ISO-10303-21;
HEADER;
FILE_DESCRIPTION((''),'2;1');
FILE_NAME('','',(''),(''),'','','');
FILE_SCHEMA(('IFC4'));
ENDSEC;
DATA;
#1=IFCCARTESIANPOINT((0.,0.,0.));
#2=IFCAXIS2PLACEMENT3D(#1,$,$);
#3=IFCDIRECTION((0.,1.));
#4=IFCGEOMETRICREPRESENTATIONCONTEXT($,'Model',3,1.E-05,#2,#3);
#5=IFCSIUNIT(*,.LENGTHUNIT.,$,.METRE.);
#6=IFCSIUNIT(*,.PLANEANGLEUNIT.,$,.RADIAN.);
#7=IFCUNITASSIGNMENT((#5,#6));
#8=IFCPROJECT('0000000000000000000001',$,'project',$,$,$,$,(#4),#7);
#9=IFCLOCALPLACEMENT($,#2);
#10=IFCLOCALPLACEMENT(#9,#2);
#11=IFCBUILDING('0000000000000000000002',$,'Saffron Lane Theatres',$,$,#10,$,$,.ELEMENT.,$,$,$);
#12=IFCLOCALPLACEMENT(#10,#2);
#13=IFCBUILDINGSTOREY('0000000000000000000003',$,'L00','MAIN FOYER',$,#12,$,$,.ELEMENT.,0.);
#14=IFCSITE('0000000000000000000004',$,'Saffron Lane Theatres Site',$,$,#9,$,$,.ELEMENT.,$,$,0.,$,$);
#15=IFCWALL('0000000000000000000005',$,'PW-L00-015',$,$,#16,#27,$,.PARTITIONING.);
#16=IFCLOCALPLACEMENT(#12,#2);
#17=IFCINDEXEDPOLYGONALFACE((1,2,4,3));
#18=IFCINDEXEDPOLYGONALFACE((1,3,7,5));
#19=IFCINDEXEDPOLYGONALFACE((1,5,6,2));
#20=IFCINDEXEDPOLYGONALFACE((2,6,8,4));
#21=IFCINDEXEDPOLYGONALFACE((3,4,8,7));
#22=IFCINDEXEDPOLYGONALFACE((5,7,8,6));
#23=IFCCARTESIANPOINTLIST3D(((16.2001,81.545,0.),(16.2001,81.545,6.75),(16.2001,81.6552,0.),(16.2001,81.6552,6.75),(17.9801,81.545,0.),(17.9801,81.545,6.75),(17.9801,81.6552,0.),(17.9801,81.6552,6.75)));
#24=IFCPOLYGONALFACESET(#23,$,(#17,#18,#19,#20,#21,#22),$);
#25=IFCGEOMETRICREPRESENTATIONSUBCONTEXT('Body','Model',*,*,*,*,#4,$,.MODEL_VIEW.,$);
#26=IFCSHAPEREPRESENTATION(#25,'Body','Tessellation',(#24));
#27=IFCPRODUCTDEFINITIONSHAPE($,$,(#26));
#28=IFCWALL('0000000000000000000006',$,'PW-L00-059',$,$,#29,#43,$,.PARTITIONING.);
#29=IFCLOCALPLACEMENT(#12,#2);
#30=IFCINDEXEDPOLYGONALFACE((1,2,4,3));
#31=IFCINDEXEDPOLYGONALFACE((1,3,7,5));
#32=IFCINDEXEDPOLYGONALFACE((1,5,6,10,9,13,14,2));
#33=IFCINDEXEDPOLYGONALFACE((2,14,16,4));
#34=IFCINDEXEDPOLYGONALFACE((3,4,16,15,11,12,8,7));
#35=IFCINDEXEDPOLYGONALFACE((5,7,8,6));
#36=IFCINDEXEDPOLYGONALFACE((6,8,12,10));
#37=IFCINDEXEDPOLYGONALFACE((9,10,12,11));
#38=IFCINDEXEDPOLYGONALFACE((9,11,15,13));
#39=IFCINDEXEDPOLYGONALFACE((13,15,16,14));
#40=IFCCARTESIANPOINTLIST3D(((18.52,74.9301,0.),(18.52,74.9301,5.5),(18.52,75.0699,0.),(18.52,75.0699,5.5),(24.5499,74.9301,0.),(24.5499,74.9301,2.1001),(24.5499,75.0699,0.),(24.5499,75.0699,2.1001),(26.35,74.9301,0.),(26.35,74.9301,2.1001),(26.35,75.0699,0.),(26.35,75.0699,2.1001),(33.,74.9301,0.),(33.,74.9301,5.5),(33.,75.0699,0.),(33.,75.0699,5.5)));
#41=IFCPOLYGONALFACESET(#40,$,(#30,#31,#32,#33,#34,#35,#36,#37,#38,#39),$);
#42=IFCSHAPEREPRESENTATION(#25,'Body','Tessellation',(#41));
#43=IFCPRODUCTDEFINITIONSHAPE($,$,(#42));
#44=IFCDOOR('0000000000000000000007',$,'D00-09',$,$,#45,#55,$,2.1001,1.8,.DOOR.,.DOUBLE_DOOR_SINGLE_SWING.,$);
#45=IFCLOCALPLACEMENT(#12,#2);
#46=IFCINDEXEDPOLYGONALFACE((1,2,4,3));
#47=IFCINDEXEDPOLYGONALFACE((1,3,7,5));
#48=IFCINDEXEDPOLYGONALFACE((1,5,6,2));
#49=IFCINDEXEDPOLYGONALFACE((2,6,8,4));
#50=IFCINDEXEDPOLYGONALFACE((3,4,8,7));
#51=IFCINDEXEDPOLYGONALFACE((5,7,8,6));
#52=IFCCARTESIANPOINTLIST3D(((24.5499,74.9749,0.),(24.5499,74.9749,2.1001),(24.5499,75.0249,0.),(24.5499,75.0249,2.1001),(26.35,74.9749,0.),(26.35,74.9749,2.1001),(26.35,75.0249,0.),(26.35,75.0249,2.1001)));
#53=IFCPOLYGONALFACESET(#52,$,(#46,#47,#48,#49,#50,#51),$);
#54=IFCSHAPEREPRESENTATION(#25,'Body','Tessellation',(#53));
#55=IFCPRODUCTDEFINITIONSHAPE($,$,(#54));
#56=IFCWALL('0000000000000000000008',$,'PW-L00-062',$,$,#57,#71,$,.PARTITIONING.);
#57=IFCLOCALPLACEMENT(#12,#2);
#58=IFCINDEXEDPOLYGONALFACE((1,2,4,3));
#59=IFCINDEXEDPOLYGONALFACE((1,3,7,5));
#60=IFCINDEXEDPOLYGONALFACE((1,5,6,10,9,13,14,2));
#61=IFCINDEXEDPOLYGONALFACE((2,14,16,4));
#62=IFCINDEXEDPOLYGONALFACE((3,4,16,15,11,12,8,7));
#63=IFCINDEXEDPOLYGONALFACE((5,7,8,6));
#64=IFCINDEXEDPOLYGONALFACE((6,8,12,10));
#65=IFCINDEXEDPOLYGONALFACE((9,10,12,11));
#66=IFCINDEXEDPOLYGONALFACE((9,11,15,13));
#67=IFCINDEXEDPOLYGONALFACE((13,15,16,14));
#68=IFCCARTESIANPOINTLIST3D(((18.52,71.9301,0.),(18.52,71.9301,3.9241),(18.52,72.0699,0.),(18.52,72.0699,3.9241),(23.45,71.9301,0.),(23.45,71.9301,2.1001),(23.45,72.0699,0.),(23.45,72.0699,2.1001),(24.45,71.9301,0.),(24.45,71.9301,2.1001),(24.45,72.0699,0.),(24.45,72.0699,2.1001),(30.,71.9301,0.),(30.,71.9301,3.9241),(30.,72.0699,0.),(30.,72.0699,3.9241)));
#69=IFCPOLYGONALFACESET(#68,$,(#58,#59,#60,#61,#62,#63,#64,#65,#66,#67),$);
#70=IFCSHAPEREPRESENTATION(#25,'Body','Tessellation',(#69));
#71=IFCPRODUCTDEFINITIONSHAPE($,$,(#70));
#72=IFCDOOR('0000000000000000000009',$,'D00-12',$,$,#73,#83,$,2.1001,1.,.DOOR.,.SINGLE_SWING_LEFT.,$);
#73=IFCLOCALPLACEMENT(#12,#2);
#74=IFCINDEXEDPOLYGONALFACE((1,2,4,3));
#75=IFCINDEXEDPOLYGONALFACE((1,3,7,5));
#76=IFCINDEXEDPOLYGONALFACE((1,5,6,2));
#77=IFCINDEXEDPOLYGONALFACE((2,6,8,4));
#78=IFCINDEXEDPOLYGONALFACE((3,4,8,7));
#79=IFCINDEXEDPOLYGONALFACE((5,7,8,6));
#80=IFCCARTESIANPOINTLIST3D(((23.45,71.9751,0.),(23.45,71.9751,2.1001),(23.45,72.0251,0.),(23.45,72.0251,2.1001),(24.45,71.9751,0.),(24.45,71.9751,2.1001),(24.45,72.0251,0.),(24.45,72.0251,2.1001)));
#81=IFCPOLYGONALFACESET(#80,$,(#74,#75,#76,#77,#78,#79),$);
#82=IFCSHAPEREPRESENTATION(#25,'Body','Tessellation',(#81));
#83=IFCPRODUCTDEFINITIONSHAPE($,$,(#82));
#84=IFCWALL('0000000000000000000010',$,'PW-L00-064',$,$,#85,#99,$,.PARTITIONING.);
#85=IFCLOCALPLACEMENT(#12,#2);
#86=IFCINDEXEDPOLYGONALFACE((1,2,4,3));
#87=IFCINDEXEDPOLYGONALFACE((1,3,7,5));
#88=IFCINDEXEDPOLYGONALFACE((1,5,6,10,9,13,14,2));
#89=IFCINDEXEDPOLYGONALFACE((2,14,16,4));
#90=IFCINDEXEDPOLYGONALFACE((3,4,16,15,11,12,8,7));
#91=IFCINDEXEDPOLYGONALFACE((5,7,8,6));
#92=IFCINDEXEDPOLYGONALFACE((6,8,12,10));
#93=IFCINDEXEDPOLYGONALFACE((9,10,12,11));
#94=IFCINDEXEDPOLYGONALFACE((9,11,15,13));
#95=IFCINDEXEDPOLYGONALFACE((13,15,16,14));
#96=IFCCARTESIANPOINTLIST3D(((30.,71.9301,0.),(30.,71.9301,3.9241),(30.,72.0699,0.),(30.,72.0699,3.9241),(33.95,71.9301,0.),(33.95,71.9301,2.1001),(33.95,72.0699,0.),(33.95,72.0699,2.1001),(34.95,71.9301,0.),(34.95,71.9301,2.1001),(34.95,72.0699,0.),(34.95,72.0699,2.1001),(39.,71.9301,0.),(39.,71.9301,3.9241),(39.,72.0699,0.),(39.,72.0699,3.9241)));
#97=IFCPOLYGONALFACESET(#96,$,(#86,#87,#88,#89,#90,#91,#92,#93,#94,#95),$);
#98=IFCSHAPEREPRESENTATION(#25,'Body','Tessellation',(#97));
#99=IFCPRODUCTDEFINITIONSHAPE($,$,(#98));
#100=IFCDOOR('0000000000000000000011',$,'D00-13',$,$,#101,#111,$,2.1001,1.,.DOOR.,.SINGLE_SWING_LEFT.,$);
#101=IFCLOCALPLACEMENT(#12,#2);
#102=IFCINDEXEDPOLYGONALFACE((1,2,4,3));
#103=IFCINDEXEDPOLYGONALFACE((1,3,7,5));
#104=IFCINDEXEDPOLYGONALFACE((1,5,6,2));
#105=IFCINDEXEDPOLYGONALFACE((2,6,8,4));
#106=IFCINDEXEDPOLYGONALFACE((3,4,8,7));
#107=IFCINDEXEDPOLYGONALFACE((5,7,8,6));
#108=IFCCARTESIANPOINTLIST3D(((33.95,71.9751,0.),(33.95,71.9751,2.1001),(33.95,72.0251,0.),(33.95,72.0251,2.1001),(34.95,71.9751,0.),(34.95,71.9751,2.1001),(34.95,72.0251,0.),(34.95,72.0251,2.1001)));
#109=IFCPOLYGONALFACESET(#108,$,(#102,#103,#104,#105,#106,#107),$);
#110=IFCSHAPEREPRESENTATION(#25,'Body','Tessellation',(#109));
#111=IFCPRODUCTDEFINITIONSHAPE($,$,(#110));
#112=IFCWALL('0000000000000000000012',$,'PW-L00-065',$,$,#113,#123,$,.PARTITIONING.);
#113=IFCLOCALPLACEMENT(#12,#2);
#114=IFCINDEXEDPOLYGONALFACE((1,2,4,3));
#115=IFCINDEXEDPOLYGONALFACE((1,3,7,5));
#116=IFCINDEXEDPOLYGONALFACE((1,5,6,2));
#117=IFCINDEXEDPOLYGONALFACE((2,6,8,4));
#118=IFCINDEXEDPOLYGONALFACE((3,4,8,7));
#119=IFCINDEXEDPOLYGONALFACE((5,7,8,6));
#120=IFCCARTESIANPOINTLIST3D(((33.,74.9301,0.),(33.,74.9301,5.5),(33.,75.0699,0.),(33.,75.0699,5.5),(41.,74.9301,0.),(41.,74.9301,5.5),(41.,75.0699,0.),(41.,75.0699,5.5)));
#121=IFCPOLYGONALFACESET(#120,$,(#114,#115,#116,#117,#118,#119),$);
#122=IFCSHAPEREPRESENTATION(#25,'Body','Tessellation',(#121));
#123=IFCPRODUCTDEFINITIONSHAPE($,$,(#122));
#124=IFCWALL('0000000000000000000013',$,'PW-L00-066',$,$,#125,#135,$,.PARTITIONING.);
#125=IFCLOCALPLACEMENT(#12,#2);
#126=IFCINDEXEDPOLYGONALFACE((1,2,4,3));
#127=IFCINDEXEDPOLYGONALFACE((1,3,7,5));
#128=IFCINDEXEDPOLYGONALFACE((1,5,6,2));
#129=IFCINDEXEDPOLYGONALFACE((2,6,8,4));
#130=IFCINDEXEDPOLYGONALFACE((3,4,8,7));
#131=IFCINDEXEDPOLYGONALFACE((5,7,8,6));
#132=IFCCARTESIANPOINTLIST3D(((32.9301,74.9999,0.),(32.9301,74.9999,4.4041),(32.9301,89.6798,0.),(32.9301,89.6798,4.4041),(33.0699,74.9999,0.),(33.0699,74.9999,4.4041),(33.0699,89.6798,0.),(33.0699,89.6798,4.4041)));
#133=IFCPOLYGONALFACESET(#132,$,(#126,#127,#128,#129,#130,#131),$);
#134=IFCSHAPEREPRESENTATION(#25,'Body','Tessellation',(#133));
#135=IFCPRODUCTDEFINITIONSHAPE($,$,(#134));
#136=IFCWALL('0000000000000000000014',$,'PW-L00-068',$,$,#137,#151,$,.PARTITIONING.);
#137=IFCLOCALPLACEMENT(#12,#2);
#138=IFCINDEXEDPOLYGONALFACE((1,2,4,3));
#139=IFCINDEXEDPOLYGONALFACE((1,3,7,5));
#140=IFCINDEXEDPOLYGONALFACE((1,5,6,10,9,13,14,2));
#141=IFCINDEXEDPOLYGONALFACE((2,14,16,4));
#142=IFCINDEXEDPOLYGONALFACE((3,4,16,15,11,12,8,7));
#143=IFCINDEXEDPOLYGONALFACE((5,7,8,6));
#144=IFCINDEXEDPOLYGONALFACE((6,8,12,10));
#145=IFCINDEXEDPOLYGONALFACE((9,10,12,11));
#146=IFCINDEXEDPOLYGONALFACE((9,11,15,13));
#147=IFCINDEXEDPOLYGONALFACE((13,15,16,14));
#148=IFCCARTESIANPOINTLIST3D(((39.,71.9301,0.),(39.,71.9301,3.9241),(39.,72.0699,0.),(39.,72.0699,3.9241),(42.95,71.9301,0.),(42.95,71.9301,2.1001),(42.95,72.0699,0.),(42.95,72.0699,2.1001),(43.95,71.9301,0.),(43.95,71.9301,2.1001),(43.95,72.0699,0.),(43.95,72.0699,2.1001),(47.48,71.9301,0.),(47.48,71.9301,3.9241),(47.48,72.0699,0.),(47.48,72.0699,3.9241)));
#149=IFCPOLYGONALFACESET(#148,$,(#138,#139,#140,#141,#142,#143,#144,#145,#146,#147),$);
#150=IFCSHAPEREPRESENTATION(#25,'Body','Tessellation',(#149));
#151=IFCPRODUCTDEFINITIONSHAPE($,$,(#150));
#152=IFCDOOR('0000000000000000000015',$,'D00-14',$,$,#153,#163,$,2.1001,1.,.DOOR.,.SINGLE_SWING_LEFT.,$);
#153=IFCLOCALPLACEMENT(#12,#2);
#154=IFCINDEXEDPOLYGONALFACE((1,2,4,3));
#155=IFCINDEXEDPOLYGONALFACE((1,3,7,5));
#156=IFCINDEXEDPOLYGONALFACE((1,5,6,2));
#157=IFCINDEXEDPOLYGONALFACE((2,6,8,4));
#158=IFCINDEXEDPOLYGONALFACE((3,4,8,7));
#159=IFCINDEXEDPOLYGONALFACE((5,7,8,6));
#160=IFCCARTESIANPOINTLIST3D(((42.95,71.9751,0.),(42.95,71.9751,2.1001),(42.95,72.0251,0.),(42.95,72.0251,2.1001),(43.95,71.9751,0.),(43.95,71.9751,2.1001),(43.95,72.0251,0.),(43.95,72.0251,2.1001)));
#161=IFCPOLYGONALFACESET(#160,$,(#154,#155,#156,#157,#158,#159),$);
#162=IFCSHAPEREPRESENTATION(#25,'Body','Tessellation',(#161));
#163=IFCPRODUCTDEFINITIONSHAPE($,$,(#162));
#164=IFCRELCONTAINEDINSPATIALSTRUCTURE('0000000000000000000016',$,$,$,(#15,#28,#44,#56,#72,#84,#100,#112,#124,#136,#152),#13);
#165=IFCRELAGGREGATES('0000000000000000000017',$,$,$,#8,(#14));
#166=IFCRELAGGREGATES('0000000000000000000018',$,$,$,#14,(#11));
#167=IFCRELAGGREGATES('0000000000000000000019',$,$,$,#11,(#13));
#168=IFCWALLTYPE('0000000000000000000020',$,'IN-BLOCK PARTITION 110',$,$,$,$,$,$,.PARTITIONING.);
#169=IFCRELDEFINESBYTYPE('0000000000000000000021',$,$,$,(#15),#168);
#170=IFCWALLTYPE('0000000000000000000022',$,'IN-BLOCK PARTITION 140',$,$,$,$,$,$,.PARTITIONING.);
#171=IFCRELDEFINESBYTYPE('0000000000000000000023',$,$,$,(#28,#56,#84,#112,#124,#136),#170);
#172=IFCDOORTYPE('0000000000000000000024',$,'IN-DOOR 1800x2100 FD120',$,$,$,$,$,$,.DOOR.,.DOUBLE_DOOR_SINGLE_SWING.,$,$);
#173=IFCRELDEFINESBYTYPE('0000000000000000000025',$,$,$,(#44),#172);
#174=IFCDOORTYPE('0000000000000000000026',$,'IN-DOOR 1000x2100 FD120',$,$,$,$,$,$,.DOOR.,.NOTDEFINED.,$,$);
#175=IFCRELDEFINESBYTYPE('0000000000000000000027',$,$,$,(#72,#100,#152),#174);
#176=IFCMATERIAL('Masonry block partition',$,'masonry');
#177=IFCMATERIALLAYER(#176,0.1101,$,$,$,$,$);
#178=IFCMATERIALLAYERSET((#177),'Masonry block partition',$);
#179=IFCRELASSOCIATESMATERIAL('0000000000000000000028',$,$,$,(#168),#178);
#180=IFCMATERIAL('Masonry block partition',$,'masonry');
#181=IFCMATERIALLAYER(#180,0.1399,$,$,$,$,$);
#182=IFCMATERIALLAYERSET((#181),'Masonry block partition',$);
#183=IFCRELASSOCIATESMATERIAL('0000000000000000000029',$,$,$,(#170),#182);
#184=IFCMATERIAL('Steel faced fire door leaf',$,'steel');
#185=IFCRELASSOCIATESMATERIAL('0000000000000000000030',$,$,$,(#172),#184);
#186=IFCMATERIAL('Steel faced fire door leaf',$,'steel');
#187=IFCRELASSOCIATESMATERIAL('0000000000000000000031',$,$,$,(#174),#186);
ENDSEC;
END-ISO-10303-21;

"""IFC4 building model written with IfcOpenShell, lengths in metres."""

from ifc_helpers import new_model, si_unit, direction, frame, frame_2d, origin, place, context, subcontext, project, spatial, rectangle, extrude, material, layer, layer_set, type_object, element, fill, save


model = new_model("IFC4")

# Units and contexts
model_context = context("Model", 3, precision=1e-05, world=origin(), true_north=direction((0.0, 1.0)))
body_context = subcontext(model_context, "Body", "Model", "MODEL_VIEW")
ifc_project = project(units=[si_unit("LENGTHUNIT", "METRE"), si_unit("PLANEANGLEUNIT", "RADIAN")], contexts=[model_context])

# Site, building, storey
site_placement = place(None, origin())
site = spatial("IfcSite", under=ifc_project, at=site_placement, Name="Saffron Lane Theatres Site", CompositionType="ELEMENT", RefElevation=0.0)
building_placement = place(site_placement, origin())
building = spatial("IfcBuilding", under=site, at=building_placement, Name="Saffron Lane Theatres", CompositionType="ELEMENT")
storey_placement = place(building_placement, origin())
storey = spatial("IfcBuildingStorey", under=building, at=storey_placement, Name="L00", Description="MAIN FOYER", CompositionType="ELEMENT", Elevation=0.0)

# Shared definitions
ifc_material_1 = material(Name="Masonry block partition", Category="masonry")
ifc_layer_1 = layer(ifc_material_1, 0.1101)
ifc_layer_set_1 = layer_set([ifc_layer_1], Name="Masonry block partition")
wall_type_1 = type_object("IfcWallType", Name="IN-BLOCK PARTITION 110", PredefinedType="PARTITIONING", material=ifc_layer_set_1)

# Wall
wall_1_placement = place(storey_placement, frame((16.2, 81.6001, 0.0), z_axis=(0.0, 0.0, 1.0), x_axis=(1.0, 0.0, 0.0)))
element("IfcWall", 1, at=wall_1_placement, inside=storey, type_object=wall_type_1, Name="PW-L00-015", PredefinedType="PARTITIONING", context=body_context, shape_type="SweptSolid", body=[
    extrude(rectangle(XDim=1.78, YDim=0.1101, at=frame_2d((0.8901, 0.0))), origin(), (0.0, 0.0, 1.0), 6.75),
])

# Walls, openings, doors
ifc_material_2 = material(Name="Masonry block partition", Category="masonry")
ifc_layer_2 = layer(ifc_material_2, 0.1399)
ifc_layer_set_2 = layer_set([ifc_layer_2], Name="Masonry block partition")
wall_type_2 = type_object("IfcWallType", Name="IN-BLOCK PARTITION 140", PredefinedType="PARTITIONING", material=ifc_layer_set_2)
wall_2_placement = place(storey_placement, frame((18.52, 75.0, 0.0), z_axis=(0.0, 0.0, 1.0), x_axis=(1.0, 0.0, 0.0)))
wall_2 = element("IfcWall", 2, at=wall_2_placement, inside=storey, type_object=wall_type_2, Name="PW-L00-059", PredefinedType="PARTITIONING", context=body_context, shape_type="SweptSolid", body=[
    extrude(rectangle(XDim=14.48, YDim=0.1399, at=frame_2d((7.24, 0.0))), origin(), (0.0, 0.0, 1.0), 5.5),
])
opening_1_placement = place(wall_2_placement, frame((6.03, 0.0, 0.0)))
opening_1 = element("IfcOpeningElement", 3, at=opening_1_placement, cuts=wall_2, PredefinedType="OPENING", context=body_context, shape_type="SweptSolid", body=[
    extrude(rectangle(XDim=1.8, YDim=2.1001, at=frame_2d((0.8999, 1.05))), frame((0.0, 0.0801, 0.0), z_axis=(0.0, -1.0, 0.0), x_axis=(1.0, 0.0, 0.0)), (0.0, 0.0, 1.0), 0.1599),
])
ifc_material_3 = material(Name="Steel faced fire door leaf", Category="steel")
door_type_1 = type_object("IfcDoorType", Name="IN-DOOR 1800x2100 FD120", OperationType="DOUBLE_DOOR_SINGLE_SWING", PredefinedType="DOOR", material=ifc_material_3)
door_1_placement = place(opening_1_placement, origin())
door_1 = element("IfcDoor", 4, at=door_1_placement, inside=storey, type_object=door_type_1, Name="D00-09", OperationType="DOUBLE_DOOR_SINGLE_SWING", OverallHeight=2.1001, OverallWidth=1.8, PredefinedType="DOOR", context=body_context, shape_type="SweptSolid", body=[
    extrude(rectangle(XDim=1.8, YDim=2.1001, at=frame_2d((0.8999, 1.05))), frame((0.0, 0.0249, 0.0), z_axis=(0.0, -1.0, 0.0), x_axis=(1.0, 0.0, 0.0)), (0.0, 0.0, 1.0), 0.05),
])
fill(opening_1, door_1)
wall_3_placement = place(storey_placement, frame((18.52, 72.0, 0.0), z_axis=(0.0, 0.0, 1.0), x_axis=(1.0, 0.0, 0.0)))
wall_3 = element("IfcWall", 5, at=wall_3_placement, inside=storey, type_object=wall_type_2, Name="PW-L00-062", PredefinedType="PARTITIONING", context=body_context, shape_type="SweptSolid", body=[
    extrude(rectangle(XDim=11.48, YDim=0.1399, at=frame_2d((5.74, 0.0))), origin(), (0.0, 0.0, 1.0), 3.9241),
])
opening_2_placement = place(wall_3_placement, frame((4.9299, 0.0, 0.0)))
opening_2 = element("IfcOpeningElement", 6, at=opening_2_placement, cuts=wall_3, PredefinedType="OPENING", context=body_context, shape_type="SweptSolid", body=[
    extrude(rectangle(XDim=1.0, YDim=2.1001, at=frame_2d((0.5, 1.05))), frame((0.0, 0.0801, 0.0), z_axis=(0.0, -1.0, 0.0), x_axis=(1.0, 0.0, 0.0)), (0.0, 0.0, 1.0), 0.1599),
])
ifc_material_4 = material(Name="Steel faced fire door leaf", Category="steel")
door_type_2 = type_object("IfcDoorType", Name="IN-DOOR 1000x2100 FD120", OperationType="NOTDEFINED", PredefinedType="DOOR", material=ifc_material_4)
door_2_placement = place(opening_2_placement, frame((1.0, 0.0, 0.0), z_axis=(0.0, 0.0, 1.0), x_axis=(-1.0, 0.0, 0.0)))
door_2 = element("IfcDoor", 7, at=door_2_placement, inside=storey, type_object=door_type_2, Name="D00-12", OperationType="SINGLE_SWING_LEFT", OverallHeight=2.1001, OverallWidth=1.0, PredefinedType="DOOR", context=body_context, shape_type="SweptSolid", body=[
    extrude(rectangle(XDim=1.0, YDim=2.1001, at=frame_2d((0.5, 1.05))), frame((0.0, 0.0249, 0.0), z_axis=(0.0, -1.0, 0.0), x_axis=(1.0, 0.0, 0.0)), (0.0, 0.0, 1.0), 0.05),
])
fill(opening_2, door_2)
wall_4_placement = place(storey_placement, frame((30.0, 72.0, 0.0), z_axis=(0.0, 0.0, 1.0), x_axis=(1.0, 0.0, 0.0)))
wall_4 = element("IfcWall", 8, at=wall_4_placement, inside=storey, type_object=wall_type_2, Name="PW-L00-064", PredefinedType="PARTITIONING", context=body_context, shape_type="SweptSolid", body=[
    extrude(rectangle(XDim=9.0, YDim=0.1399, at=frame_2d((4.5, 0.0))), origin(), (0.0, 0.0, 1.0), 3.9241),
])
opening_3_placement = place(wall_4_placement, frame((3.95, 0.0, 0.0)))
opening_3 = element("IfcOpeningElement", 9, at=opening_3_placement, cuts=wall_4, PredefinedType="OPENING", context=body_context, shape_type="SweptSolid", body=[
    extrude(rectangle(XDim=1.0, YDim=2.1001, at=frame_2d((0.5, 1.05))), frame((0.0, 0.0801, 0.0), z_axis=(0.0, -1.0, 0.0), x_axis=(1.0, 0.0, 0.0)), (0.0, 0.0, 1.0), 0.1599),
])
door_3_placement = place(opening_3_placement, frame((1.0, 0.0, 0.0), z_axis=(0.0, 0.0, 1.0), x_axis=(-1.0, 0.0, 0.0)))
door_3 = element("IfcDoor", 10, at=door_3_placement, inside=storey, type_object=door_type_2, Name="D00-13", OperationType="SINGLE_SWING_LEFT", OverallHeight=2.1001, OverallWidth=1.0, PredefinedType="DOOR", context=body_context, shape_type="SweptSolid", body=[
    extrude(rectangle(XDim=1.0, YDim=2.1001, at=frame_2d((0.5, 1.05))), frame((0.0, 0.0249, 0.0), z_axis=(0.0, -1.0, 0.0), x_axis=(1.0, 0.0, 0.0)), (0.0, 0.0, 1.0), 0.05),
])
fill(opening_3, door_3)

# Walls
wall_5_placement = place(storey_placement, frame((33.0, 75.0, 0.0), z_axis=(0.0, 0.0, 1.0), x_axis=(1.0, 0.0, 0.0)))
element("IfcWall", 11, at=wall_5_placement, inside=storey, type_object=wall_type_2, Name="PW-L00-065", PredefinedType="PARTITIONING", context=body_context, shape_type="SweptSolid", body=[
    extrude(rectangle(XDim=8.0, YDim=0.1399, at=frame_2d((4.0, 0.0))), origin(), (0.0, 0.0, 1.0), 5.5),
])
wall_6_placement = place(storey_placement, frame((33.0, 75.0, 0.0), z_axis=(0.0, 0.0, 1.0), x_axis=(0.0, 1.0, 0.0)))
element("IfcWall", 12, at=wall_6_placement, inside=storey, type_object=wall_type_2, Name="PW-L00-066", PredefinedType="PARTITIONING", context=body_context, shape_type="SweptSolid", body=[
    extrude(rectangle(XDim=14.6799, YDim=0.1399, at=frame_2d((7.3398, 0.0))), origin(), (0.0, 0.0, 1.0), 4.4041),
])

# Wall, opening, door
wall_7_placement = place(storey_placement, frame((39.0, 72.0, 0.0), z_axis=(0.0, 0.0, 1.0), x_axis=(1.0, 0.0, 0.0)))
wall_7 = element("IfcWall", 13, at=wall_7_placement, inside=storey, type_object=wall_type_2, Name="PW-L00-068", PredefinedType="PARTITIONING", context=body_context, shape_type="SweptSolid", body=[
    extrude(rectangle(XDim=8.48, YDim=0.1399, at=frame_2d((4.24, 0.0))), origin(), (0.0, 0.0, 1.0), 3.9241),
])
opening_4_placement = place(wall_7_placement, frame((3.95, 0.0, 0.0)))
opening_4 = element("IfcOpeningElement", 14, at=opening_4_placement, cuts=wall_7, PredefinedType="OPENING", context=body_context, shape_type="SweptSolid", body=[
    extrude(rectangle(XDim=1.0, YDim=2.1001, at=frame_2d((0.5, 1.05))), frame((0.0, 0.0801, 0.0), z_axis=(0.0, -1.0, 0.0), x_axis=(1.0, 0.0, 0.0)), (0.0, 0.0, 1.0), 0.1599),
])
door_4_placement = place(opening_4_placement, frame((1.0, 0.0, 0.0), z_axis=(0.0, 0.0, 1.0), x_axis=(-1.0, 0.0, 0.0)))
door_4 = element("IfcDoor", 15, at=door_4_placement, inside=storey, type_object=door_type_2, Name="D00-14", OperationType="SINGLE_SWING_LEFT", OverallHeight=2.1001, OverallWidth=1.0, PredefinedType="DOOR", context=body_context, shape_type="SweptSolid", body=[
    extrude(rectangle(XDim=1.0, YDim=2.1001, at=frame_2d((0.5, 1.05))), frame((0.0, 0.0249, 0.0), z_axis=(0.0, -1.0, 0.0), x_axis=(1.0, 0.0, 0.0)), (0.0, 0.0, 1.0), 0.05),
])
fill(opening_4, door_4)

save(model, "model.ifc")
